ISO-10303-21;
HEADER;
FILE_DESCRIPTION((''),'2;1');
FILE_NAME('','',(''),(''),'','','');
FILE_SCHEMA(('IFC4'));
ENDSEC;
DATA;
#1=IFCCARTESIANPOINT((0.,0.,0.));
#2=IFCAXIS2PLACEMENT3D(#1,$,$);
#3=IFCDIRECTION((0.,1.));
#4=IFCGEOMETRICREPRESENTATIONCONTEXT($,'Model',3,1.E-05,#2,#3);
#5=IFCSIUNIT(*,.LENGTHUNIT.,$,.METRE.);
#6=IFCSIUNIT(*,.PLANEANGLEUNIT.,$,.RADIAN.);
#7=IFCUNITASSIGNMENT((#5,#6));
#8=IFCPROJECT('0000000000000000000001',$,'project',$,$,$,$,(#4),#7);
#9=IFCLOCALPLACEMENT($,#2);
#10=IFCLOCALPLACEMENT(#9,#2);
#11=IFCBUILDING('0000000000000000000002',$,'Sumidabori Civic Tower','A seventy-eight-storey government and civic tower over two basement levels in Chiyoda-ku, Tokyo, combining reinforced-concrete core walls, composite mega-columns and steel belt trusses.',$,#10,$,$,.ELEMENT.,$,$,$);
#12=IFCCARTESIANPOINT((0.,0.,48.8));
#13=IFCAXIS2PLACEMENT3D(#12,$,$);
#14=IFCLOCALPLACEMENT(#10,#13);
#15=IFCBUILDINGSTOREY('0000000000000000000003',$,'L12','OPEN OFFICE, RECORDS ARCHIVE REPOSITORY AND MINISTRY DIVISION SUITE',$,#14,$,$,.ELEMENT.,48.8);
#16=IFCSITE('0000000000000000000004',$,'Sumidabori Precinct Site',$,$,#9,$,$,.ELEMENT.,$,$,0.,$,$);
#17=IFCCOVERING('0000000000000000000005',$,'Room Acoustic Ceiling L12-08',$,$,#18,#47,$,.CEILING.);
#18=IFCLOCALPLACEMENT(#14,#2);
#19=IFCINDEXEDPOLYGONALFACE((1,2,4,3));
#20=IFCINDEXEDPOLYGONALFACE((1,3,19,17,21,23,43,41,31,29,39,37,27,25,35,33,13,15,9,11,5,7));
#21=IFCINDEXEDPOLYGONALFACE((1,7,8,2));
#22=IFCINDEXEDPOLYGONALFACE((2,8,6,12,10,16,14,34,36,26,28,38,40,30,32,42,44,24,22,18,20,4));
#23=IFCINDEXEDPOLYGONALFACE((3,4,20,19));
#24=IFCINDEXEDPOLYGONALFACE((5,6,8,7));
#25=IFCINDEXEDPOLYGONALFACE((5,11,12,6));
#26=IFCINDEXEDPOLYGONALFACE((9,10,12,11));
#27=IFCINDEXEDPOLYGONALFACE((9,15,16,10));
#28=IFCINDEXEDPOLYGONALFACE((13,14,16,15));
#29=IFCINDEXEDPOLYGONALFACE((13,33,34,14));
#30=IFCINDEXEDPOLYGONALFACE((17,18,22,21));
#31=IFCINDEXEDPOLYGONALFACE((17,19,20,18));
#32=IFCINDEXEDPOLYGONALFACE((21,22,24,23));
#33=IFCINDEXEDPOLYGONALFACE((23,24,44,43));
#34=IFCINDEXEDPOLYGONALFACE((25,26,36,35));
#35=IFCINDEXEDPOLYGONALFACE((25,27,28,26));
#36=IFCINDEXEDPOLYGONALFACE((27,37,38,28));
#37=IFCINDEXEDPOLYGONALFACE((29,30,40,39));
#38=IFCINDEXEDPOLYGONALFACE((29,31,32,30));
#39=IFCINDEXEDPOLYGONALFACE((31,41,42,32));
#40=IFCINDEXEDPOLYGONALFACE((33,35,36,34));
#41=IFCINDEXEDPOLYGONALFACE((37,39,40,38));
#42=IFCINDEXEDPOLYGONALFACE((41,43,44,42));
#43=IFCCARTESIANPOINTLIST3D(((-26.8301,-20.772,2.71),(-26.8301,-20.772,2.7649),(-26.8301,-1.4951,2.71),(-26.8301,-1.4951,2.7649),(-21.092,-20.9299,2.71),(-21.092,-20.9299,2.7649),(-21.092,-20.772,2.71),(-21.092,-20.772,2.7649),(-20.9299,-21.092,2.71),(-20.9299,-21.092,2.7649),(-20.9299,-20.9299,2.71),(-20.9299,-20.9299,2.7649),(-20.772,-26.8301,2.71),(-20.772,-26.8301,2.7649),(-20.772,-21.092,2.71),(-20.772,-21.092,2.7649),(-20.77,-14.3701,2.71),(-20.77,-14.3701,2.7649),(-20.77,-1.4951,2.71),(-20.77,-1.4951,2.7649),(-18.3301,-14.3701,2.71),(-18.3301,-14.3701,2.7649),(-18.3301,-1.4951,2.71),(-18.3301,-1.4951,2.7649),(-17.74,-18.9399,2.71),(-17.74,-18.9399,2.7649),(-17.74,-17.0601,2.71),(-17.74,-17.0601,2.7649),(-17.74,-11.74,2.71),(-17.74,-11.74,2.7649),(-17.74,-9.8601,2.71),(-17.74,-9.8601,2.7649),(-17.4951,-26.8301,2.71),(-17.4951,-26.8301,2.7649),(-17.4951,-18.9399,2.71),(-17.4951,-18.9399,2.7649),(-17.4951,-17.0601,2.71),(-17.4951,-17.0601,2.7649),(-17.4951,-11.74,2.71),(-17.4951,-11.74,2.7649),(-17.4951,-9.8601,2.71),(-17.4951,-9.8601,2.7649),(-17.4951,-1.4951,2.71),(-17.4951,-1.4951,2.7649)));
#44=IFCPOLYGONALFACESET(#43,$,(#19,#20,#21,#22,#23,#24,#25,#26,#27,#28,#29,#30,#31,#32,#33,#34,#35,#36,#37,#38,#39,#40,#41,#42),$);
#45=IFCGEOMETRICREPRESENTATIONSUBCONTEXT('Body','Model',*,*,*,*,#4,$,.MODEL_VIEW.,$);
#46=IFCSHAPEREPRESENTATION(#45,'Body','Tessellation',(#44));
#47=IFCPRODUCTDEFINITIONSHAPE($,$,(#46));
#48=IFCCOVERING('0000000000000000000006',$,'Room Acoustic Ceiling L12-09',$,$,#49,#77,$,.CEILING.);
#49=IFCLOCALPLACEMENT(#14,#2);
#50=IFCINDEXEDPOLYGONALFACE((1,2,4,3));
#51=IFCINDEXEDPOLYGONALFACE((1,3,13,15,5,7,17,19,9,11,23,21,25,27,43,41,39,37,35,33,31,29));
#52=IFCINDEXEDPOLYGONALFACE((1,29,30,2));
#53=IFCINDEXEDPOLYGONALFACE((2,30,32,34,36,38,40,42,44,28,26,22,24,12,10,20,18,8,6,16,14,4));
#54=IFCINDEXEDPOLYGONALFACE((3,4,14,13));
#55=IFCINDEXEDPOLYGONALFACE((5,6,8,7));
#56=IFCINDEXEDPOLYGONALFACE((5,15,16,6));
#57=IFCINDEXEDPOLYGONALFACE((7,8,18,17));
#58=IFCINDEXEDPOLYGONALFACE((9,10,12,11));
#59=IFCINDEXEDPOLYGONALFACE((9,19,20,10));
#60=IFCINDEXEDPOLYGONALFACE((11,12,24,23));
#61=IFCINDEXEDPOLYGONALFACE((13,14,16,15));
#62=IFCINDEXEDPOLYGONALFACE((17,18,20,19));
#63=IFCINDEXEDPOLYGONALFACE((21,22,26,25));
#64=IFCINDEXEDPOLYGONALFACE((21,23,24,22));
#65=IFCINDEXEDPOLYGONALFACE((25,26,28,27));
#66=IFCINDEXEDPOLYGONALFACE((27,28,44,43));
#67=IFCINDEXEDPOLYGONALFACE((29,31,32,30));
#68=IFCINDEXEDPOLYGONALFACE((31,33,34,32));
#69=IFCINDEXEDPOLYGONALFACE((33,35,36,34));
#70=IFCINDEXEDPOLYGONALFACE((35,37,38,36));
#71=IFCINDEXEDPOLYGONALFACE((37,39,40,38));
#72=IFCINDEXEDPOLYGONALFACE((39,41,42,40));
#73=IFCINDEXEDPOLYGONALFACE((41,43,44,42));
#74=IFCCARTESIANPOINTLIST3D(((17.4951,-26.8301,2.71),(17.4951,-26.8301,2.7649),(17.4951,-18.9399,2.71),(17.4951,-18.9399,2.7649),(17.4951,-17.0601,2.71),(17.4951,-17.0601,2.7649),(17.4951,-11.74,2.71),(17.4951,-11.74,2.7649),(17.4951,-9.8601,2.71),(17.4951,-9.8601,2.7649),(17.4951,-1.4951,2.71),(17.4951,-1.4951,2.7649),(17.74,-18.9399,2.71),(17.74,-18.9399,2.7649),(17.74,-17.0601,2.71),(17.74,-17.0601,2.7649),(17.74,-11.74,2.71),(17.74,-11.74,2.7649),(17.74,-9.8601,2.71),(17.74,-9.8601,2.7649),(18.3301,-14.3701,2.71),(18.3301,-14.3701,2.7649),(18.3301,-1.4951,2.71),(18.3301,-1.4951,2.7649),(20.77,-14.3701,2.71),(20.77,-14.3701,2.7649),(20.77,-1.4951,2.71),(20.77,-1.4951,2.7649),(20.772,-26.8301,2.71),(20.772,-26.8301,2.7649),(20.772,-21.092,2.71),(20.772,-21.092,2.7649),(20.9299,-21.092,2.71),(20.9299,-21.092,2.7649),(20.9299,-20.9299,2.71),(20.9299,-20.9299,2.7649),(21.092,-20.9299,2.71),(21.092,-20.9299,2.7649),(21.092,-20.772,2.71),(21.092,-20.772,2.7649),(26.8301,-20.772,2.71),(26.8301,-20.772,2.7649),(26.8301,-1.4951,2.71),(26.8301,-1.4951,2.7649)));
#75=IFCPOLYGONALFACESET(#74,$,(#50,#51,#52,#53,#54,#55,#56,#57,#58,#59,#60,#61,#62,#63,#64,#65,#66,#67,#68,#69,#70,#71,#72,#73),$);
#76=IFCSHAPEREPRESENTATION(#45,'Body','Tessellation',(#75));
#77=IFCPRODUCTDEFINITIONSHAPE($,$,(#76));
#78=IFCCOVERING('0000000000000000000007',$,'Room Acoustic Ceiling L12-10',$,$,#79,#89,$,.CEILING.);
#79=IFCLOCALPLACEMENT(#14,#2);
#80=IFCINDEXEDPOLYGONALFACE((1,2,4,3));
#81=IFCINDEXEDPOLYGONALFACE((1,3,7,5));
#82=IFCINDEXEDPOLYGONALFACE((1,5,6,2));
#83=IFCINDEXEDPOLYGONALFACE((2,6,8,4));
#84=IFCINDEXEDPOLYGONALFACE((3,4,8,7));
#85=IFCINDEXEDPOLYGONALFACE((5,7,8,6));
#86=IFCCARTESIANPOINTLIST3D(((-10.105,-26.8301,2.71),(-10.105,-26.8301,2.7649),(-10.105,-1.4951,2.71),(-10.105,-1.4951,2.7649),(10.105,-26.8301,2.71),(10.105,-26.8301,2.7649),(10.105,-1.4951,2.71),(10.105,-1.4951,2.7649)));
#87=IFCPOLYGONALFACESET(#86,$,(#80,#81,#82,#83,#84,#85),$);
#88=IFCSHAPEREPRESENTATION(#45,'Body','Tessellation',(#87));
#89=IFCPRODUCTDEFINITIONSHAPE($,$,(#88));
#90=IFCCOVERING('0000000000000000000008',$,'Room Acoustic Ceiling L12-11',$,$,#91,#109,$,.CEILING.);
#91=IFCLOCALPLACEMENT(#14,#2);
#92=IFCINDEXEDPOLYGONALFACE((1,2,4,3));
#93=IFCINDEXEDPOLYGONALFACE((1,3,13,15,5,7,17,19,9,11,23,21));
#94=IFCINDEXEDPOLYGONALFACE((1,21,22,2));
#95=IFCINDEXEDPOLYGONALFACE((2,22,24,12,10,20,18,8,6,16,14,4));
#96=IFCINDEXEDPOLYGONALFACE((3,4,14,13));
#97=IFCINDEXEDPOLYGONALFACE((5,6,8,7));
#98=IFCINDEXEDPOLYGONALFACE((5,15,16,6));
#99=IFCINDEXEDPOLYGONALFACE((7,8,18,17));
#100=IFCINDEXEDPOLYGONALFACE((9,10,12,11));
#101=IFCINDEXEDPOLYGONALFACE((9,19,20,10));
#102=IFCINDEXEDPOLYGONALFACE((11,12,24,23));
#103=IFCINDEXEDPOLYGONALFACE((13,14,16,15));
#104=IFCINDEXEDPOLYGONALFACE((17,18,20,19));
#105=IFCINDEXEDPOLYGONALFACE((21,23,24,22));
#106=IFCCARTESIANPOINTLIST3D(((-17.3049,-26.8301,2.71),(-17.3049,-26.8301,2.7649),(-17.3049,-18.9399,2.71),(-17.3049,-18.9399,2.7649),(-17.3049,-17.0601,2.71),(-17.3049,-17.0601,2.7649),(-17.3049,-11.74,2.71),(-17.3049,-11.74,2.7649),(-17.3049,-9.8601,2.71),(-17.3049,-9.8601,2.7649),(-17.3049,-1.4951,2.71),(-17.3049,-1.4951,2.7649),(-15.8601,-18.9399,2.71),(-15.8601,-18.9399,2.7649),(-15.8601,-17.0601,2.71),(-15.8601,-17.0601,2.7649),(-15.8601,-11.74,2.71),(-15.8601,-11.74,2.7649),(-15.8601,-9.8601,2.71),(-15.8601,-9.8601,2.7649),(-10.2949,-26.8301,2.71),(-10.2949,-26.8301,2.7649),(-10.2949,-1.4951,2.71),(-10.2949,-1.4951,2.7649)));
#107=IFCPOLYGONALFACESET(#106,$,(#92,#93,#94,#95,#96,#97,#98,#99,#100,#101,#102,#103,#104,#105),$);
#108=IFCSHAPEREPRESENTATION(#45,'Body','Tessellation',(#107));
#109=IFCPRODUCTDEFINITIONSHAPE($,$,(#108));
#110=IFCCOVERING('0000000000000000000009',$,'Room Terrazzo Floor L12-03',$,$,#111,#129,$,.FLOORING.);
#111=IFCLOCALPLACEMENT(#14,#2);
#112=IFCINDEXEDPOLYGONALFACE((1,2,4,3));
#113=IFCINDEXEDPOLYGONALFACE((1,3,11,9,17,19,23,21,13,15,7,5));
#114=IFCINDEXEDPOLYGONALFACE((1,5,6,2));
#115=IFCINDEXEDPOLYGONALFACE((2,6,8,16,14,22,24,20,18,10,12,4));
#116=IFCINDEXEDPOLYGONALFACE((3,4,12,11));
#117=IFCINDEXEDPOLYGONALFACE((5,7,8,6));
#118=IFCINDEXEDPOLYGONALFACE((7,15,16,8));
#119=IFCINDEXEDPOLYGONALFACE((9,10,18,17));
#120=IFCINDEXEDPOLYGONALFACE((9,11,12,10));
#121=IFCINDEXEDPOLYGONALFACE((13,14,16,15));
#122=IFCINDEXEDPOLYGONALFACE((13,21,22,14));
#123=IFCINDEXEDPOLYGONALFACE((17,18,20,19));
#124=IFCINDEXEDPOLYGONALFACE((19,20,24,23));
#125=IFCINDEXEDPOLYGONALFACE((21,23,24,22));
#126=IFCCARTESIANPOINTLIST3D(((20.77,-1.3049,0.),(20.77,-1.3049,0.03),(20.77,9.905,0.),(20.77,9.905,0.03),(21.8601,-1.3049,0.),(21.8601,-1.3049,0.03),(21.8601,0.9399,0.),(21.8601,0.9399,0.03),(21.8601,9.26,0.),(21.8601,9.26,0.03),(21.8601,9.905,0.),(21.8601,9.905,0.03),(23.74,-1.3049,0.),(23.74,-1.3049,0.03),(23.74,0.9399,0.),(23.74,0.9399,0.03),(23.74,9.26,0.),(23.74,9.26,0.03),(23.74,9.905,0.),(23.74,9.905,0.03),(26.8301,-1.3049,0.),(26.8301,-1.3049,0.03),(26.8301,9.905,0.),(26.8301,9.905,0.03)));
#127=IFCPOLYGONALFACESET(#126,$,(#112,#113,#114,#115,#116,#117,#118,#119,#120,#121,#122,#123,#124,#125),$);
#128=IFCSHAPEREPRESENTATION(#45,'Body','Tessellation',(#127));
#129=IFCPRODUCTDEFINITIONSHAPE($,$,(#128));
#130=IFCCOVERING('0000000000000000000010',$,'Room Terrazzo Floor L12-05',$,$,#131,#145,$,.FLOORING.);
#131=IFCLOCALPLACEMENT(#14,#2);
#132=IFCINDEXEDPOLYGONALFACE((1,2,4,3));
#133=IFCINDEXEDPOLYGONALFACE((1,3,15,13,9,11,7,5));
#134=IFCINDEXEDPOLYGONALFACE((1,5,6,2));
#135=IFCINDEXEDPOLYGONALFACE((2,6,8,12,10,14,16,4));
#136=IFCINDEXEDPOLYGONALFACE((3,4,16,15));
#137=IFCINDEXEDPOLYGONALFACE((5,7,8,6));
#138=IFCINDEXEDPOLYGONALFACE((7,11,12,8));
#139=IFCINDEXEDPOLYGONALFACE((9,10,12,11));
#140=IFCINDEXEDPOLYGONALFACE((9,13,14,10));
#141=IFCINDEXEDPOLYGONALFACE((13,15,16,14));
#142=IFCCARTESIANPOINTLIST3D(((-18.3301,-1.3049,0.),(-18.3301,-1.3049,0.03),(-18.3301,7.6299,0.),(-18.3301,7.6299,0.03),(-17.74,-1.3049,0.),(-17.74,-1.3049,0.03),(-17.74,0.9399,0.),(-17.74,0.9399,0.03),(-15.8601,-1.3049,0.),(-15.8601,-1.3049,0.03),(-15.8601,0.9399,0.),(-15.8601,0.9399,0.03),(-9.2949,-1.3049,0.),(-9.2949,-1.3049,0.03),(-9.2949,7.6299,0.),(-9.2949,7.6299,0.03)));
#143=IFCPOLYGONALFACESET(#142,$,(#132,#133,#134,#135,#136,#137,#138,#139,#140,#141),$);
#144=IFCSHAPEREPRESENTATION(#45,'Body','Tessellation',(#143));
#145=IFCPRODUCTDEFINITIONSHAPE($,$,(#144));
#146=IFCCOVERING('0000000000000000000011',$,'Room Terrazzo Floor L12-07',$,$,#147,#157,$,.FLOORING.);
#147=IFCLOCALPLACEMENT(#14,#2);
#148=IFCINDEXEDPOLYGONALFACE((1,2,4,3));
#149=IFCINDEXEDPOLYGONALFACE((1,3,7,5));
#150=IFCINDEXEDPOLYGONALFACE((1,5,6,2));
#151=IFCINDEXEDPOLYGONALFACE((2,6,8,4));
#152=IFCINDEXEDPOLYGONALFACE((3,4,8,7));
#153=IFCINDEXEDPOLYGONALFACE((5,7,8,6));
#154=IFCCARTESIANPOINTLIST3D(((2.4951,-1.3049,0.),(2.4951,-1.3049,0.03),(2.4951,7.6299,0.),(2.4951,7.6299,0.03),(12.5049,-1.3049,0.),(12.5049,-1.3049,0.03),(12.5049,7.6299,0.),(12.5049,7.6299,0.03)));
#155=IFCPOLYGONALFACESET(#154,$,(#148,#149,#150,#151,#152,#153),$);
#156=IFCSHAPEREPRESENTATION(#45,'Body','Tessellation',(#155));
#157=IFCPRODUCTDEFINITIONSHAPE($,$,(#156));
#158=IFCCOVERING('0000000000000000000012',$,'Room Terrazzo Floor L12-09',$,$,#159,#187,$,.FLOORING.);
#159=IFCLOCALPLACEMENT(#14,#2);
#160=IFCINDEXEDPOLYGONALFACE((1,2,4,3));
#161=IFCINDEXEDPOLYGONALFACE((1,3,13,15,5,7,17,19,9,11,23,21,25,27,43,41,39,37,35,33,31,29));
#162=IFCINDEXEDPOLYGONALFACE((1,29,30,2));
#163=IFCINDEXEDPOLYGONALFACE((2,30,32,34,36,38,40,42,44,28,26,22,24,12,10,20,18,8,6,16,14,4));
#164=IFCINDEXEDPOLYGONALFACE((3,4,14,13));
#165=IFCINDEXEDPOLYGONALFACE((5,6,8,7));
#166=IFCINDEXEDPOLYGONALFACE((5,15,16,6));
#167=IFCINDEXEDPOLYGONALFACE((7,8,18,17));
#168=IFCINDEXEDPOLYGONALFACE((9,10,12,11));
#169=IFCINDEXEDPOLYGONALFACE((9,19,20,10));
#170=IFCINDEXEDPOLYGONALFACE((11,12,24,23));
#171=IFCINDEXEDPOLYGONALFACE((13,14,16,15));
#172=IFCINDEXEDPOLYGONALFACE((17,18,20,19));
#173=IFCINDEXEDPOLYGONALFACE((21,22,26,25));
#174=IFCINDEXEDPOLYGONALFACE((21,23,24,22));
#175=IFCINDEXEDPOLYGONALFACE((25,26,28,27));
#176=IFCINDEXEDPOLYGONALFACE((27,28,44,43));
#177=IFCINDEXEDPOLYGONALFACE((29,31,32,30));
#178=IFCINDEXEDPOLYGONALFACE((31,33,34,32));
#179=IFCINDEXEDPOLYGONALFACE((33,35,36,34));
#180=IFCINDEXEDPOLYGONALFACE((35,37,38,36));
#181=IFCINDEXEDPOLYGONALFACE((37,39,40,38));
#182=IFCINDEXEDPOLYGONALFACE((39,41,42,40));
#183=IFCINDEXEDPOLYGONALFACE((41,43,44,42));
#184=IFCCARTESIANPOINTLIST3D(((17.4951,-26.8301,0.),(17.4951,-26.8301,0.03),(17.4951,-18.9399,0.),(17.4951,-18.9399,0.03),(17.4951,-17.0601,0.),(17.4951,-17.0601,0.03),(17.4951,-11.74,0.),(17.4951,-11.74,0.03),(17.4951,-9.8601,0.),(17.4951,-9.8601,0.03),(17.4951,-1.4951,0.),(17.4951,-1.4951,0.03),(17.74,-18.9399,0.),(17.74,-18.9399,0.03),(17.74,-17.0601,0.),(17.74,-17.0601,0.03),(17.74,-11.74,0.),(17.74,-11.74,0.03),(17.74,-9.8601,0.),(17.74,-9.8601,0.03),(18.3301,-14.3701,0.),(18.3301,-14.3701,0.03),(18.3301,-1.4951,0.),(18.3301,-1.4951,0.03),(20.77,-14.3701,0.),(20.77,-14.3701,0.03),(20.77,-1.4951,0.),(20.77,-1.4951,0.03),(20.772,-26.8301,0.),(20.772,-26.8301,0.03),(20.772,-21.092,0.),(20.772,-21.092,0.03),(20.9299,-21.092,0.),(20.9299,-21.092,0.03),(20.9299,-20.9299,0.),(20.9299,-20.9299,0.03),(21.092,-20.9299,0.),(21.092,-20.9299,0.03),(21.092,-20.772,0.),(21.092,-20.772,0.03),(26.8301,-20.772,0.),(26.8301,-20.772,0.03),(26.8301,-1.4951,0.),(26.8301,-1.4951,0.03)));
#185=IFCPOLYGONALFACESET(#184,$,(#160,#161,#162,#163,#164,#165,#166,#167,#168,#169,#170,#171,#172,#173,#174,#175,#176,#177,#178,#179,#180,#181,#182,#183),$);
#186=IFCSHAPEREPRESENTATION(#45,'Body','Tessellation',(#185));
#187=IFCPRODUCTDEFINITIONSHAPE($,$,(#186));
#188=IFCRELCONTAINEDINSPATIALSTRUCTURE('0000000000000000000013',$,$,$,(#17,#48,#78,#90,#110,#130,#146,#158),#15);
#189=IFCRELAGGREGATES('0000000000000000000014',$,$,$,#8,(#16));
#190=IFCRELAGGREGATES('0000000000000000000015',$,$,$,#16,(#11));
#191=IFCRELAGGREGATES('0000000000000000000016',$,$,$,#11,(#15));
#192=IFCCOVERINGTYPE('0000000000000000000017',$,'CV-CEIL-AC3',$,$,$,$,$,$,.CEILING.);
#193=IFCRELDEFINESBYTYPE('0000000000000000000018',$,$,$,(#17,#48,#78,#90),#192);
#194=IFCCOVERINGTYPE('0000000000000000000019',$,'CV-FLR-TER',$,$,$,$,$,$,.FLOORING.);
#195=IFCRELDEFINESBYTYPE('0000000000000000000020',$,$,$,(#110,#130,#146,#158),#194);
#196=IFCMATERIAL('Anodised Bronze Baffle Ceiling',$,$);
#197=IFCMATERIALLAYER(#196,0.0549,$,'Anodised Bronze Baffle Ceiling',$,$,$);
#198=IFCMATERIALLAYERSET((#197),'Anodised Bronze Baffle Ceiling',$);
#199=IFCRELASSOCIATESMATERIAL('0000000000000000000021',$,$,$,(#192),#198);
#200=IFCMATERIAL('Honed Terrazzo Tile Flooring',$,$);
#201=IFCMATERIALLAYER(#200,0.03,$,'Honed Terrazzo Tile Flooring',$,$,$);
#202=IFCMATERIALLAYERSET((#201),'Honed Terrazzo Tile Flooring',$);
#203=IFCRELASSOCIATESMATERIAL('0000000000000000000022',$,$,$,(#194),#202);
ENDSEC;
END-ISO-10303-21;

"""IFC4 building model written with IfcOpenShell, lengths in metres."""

from ifc_helpers import new_model, si_unit, direction, frame, origin, place, context, subcontext, project, spatial, polyline, outline, extrude, material, layer, layer_set, type_object, element, save


model = new_model("IFC4")

# Units and contexts
model_context = context("Model", 3, precision=1e-05, world=origin(), true_north=direction((0.0, 1.0)))
body_context = subcontext(model_context, "Body", "Model", "MODEL_VIEW")
ifc_project = project(units=[si_unit("LENGTHUNIT", "METRE"), si_unit("PLANEANGLEUNIT", "RADIAN")], contexts=[model_context])

# Site, building, storey
site_placement = place(None, origin())
site = spatial("IfcSite", under=ifc_project, at=site_placement, Name="Sumidabori Precinct Site", CompositionType="ELEMENT", RefElevation=0.0)
building_placement = place(site_placement, origin())
building = spatial("IfcBuilding", under=site, at=building_placement, Name="Sumidabori Civic Tower", Description="A seventy-eight-storey government and civic tower over two basement levels in Chiyoda-ku, Tokyo, combining reinforced-concrete core walls, composite mega-columns and steel belt trusses.", CompositionType="ELEMENT")
storey_placement = place(building_placement, frame((0.0, 0.0, 48.8)))
storey = spatial("IfcBuildingStorey", under=building, at=storey_placement, Name="L12", Description="OPEN OFFICE, RECORDS ARCHIVE REPOSITORY AND MINISTRY DIVISION SUITE", CompositionType="ELEMENT", Elevation=48.8)

# Coverings
ifc_material_1 = material(Name="Anodised Bronze Baffle Ceiling")
ifc_layer_1 = layer(ifc_material_1, 0.0549, Name="Anodised Bronze Baffle Ceiling")
ifc_layer_set_1 = layer_set([ifc_layer_1], Name="Anodised Bronze Baffle Ceiling")
covering_type_1 = type_object("IfcCoveringType", Name="CV-CEIL-AC3", PredefinedType="CEILING", material=ifc_layer_set_1)
covering_1_placement = place(storey_placement, frame((0.0, 0.0, 2.71)))
element("IfcCovering", 1, at=covering_1_placement, inside=storey, type_object=covering_type_1, Name="Room Acoustic Ceiling L12-08", PredefinedType="CEILING", context=body_context, shape_type="SweptSolid", body=[
    extrude(outline(polyline([(-26.8301, -20.772), (-26.8301, -1.4951), (-20.77, -1.4951), (-20.77, -14.3701), (-18.3301, -14.3701), (-18.3301, -1.4951), (-17.4951, -1.4951), (-17.4951, -9.8601), (-17.74, -9.8601), (-17.74, -11.74), (-17.4951, -11.74), (-17.4951, -17.0601), (-17.74, -17.0601), (-17.74, -18.9399), (-17.4951, -18.9399), (-17.4951, -26.8301), (-20.772, -26.8301), (-20.772, -21.092), (-20.9299, -21.092), (-20.9299, -20.9299), (-21.092, -20.9299), (-21.092, -20.772), (-26.8301, -20.772)])), origin(), (0.0, 0.0, 1.0), 0.0549),
])
covering_2_placement = place(storey_placement, frame((0.0, 0.0, 2.71)))
element("IfcCovering", 2, at=covering_2_placement, inside=storey, type_object=covering_type_1, Name="Room Acoustic Ceiling L12-09", PredefinedType="CEILING", context=body_context, shape_type="SweptSolid", body=[
    extrude(outline(polyline([(18.3301, -14.3701), (20.77, -14.3701), (20.77, -1.4951), (26.8301, -1.4951), (26.8301, -20.772), (21.092, -20.772), (21.092, -20.9299), (20.9299, -20.9299), (20.9299, -21.092), (20.772, -21.092), (20.772, -26.8301), (17.4951, -26.8301), (17.4951, -18.9399), (17.74, -18.9399), (17.74, -17.0601), (17.4951, -17.0601), (17.4951, -11.74), (17.74, -11.74), (17.74, -9.8601), (17.4951, -9.8601), (17.4951, -1.4951), (18.3301, -1.4951), (18.3301, -14.3701)])), origin(), (0.0, 0.0, 1.0), 0.0549),
])
covering_3_placement = place(storey_placement, frame((0.0, 0.0, 2.71)))
element("IfcCovering", 3, at=covering_3_placement, inside=storey, type_object=covering_type_1, Name="Room Acoustic Ceiling L12-10", PredefinedType="CEILING", context=body_context, shape_type="SweptSolid", body=[
    extrude(outline(polyline([(10.105, -26.8301), (-10.105, -26.8301), (-10.105, -1.4951), (10.105, -1.4951), (10.105, -26.8301)])), origin(), (0.0, 0.0, 1.0), 0.0549),
])
covering_4_placement = place(storey_placement, frame((0.0, 0.0, 2.71)))
element("IfcCovering", 4, at=covering_4_placement, inside=storey, type_object=covering_type_1, Name="Room Acoustic Ceiling L12-11", PredefinedType="CEILING", context=body_context, shape_type="SweptSolid", body=[
    extrude(outline(polyline([(-10.2949, -26.8301), (-17.3049, -26.8301), (-17.3049, -18.9399), (-15.8601, -18.9399), (-15.8601, -17.0601), (-17.3049, -17.0601), (-17.3049, -11.74), (-15.8601, -11.74), (-15.8601, -9.8601), (-17.3049, -9.8601), (-17.3049, -1.4951), (-10.2949, -1.4951), (-10.2949, -26.8301)])), origin(), (0.0, 0.0, 1.0), 0.0549),
])
ifc_material_2 = material(Name="Honed Terrazzo Tile Flooring")
ifc_layer_2 = layer(ifc_material_2, 0.03, Name="Honed Terrazzo Tile Flooring")
ifc_layer_set_2 = layer_set([ifc_layer_2], Name="Honed Terrazzo Tile Flooring")
covering_type_2 = type_object("IfcCoveringType", Name="CV-FLR-TER", PredefinedType="FLOORING", material=ifc_layer_set_2)
covering_5_placement = place(storey_placement, origin())
element("IfcCovering", 5, at=covering_5_placement, inside=storey, type_object=covering_type_2, Name="Room Terrazzo Floor L12-03", PredefinedType="FLOORING", context=body_context, shape_type="SweptSolid", body=[
    extrude(outline(polyline([(20.77, 9.905), (21.8601, 9.905), (21.8601, 9.26), (23.74, 9.26), (23.74, 9.905), (26.8301, 9.905), (26.8301, -1.3049), (23.74, -1.3049), (23.74, 0.9399), (21.8601, 0.9399), (21.8601, -1.3049), (20.77, -1.3049), (20.77, 9.905)])), origin(), (0.0, 0.0, 1.0), 0.03),
])
covering_6_placement = place(storey_placement, origin())
element("IfcCovering", 6, at=covering_6_placement, inside=storey, type_object=covering_type_2, Name="Room Terrazzo Floor L12-05", PredefinedType="FLOORING", context=body_context, shape_type="SweptSolid", body=[
    extrude(outline(polyline([(-18.3301, 7.6299), (-9.2949, 7.6299), (-9.2949, -1.3049), (-15.8601, -1.3049), (-15.8601, 0.9399), (-17.74, 0.9399), (-17.74, -1.3049), (-18.3301, -1.3049), (-18.3301, 7.6299)])), origin(), (0.0, 0.0, 1.0), 0.03),
])
covering_7_placement = place(storey_placement, origin())
element("IfcCovering", 7, at=covering_7_placement, inside=storey, type_object=covering_type_2, Name="Room Terrazzo Floor L12-07", PredefinedType="FLOORING", context=body_context, shape_type="SweptSolid", body=[
    extrude(outline(polyline([(2.4951, 7.6299), (12.5049, 7.6299), (12.5049, -1.3049), (2.4951, -1.3049), (2.4951, 7.6299)])), origin(), (0.0, 0.0, 1.0), 0.03),
])
covering_8_placement = place(storey_placement, origin())
element("IfcCovering", 8, at=covering_8_placement, inside=storey, type_object=covering_type_2, Name="Room Terrazzo Floor L12-09", PredefinedType="FLOORING", context=body_context, shape_type="SweptSolid", body=[
    extrude(outline(polyline([(18.3301, -14.3701), (20.77, -14.3701), (20.77, -1.4951), (26.8301, -1.4951), (26.8301, -20.772), (21.092, -20.772), (21.092, -20.9299), (20.9299, -20.9299), (20.9299, -21.092), (20.772, -21.092), (20.772, -26.8301), (17.4951, -26.8301), (17.4951, -18.9399), (17.74, -18.9399), (17.74, -17.0601), (17.4951, -17.0601), (17.4951, -11.74), (17.74, -11.74), (17.74, -9.8601), (17.4951, -9.8601), (17.4951, -1.4951), (18.3301, -1.4951), (18.3301, -14.3701)])), origin(), (0.0, 0.0, 1.0), 0.03),
])

save(model, "model.ifc")
